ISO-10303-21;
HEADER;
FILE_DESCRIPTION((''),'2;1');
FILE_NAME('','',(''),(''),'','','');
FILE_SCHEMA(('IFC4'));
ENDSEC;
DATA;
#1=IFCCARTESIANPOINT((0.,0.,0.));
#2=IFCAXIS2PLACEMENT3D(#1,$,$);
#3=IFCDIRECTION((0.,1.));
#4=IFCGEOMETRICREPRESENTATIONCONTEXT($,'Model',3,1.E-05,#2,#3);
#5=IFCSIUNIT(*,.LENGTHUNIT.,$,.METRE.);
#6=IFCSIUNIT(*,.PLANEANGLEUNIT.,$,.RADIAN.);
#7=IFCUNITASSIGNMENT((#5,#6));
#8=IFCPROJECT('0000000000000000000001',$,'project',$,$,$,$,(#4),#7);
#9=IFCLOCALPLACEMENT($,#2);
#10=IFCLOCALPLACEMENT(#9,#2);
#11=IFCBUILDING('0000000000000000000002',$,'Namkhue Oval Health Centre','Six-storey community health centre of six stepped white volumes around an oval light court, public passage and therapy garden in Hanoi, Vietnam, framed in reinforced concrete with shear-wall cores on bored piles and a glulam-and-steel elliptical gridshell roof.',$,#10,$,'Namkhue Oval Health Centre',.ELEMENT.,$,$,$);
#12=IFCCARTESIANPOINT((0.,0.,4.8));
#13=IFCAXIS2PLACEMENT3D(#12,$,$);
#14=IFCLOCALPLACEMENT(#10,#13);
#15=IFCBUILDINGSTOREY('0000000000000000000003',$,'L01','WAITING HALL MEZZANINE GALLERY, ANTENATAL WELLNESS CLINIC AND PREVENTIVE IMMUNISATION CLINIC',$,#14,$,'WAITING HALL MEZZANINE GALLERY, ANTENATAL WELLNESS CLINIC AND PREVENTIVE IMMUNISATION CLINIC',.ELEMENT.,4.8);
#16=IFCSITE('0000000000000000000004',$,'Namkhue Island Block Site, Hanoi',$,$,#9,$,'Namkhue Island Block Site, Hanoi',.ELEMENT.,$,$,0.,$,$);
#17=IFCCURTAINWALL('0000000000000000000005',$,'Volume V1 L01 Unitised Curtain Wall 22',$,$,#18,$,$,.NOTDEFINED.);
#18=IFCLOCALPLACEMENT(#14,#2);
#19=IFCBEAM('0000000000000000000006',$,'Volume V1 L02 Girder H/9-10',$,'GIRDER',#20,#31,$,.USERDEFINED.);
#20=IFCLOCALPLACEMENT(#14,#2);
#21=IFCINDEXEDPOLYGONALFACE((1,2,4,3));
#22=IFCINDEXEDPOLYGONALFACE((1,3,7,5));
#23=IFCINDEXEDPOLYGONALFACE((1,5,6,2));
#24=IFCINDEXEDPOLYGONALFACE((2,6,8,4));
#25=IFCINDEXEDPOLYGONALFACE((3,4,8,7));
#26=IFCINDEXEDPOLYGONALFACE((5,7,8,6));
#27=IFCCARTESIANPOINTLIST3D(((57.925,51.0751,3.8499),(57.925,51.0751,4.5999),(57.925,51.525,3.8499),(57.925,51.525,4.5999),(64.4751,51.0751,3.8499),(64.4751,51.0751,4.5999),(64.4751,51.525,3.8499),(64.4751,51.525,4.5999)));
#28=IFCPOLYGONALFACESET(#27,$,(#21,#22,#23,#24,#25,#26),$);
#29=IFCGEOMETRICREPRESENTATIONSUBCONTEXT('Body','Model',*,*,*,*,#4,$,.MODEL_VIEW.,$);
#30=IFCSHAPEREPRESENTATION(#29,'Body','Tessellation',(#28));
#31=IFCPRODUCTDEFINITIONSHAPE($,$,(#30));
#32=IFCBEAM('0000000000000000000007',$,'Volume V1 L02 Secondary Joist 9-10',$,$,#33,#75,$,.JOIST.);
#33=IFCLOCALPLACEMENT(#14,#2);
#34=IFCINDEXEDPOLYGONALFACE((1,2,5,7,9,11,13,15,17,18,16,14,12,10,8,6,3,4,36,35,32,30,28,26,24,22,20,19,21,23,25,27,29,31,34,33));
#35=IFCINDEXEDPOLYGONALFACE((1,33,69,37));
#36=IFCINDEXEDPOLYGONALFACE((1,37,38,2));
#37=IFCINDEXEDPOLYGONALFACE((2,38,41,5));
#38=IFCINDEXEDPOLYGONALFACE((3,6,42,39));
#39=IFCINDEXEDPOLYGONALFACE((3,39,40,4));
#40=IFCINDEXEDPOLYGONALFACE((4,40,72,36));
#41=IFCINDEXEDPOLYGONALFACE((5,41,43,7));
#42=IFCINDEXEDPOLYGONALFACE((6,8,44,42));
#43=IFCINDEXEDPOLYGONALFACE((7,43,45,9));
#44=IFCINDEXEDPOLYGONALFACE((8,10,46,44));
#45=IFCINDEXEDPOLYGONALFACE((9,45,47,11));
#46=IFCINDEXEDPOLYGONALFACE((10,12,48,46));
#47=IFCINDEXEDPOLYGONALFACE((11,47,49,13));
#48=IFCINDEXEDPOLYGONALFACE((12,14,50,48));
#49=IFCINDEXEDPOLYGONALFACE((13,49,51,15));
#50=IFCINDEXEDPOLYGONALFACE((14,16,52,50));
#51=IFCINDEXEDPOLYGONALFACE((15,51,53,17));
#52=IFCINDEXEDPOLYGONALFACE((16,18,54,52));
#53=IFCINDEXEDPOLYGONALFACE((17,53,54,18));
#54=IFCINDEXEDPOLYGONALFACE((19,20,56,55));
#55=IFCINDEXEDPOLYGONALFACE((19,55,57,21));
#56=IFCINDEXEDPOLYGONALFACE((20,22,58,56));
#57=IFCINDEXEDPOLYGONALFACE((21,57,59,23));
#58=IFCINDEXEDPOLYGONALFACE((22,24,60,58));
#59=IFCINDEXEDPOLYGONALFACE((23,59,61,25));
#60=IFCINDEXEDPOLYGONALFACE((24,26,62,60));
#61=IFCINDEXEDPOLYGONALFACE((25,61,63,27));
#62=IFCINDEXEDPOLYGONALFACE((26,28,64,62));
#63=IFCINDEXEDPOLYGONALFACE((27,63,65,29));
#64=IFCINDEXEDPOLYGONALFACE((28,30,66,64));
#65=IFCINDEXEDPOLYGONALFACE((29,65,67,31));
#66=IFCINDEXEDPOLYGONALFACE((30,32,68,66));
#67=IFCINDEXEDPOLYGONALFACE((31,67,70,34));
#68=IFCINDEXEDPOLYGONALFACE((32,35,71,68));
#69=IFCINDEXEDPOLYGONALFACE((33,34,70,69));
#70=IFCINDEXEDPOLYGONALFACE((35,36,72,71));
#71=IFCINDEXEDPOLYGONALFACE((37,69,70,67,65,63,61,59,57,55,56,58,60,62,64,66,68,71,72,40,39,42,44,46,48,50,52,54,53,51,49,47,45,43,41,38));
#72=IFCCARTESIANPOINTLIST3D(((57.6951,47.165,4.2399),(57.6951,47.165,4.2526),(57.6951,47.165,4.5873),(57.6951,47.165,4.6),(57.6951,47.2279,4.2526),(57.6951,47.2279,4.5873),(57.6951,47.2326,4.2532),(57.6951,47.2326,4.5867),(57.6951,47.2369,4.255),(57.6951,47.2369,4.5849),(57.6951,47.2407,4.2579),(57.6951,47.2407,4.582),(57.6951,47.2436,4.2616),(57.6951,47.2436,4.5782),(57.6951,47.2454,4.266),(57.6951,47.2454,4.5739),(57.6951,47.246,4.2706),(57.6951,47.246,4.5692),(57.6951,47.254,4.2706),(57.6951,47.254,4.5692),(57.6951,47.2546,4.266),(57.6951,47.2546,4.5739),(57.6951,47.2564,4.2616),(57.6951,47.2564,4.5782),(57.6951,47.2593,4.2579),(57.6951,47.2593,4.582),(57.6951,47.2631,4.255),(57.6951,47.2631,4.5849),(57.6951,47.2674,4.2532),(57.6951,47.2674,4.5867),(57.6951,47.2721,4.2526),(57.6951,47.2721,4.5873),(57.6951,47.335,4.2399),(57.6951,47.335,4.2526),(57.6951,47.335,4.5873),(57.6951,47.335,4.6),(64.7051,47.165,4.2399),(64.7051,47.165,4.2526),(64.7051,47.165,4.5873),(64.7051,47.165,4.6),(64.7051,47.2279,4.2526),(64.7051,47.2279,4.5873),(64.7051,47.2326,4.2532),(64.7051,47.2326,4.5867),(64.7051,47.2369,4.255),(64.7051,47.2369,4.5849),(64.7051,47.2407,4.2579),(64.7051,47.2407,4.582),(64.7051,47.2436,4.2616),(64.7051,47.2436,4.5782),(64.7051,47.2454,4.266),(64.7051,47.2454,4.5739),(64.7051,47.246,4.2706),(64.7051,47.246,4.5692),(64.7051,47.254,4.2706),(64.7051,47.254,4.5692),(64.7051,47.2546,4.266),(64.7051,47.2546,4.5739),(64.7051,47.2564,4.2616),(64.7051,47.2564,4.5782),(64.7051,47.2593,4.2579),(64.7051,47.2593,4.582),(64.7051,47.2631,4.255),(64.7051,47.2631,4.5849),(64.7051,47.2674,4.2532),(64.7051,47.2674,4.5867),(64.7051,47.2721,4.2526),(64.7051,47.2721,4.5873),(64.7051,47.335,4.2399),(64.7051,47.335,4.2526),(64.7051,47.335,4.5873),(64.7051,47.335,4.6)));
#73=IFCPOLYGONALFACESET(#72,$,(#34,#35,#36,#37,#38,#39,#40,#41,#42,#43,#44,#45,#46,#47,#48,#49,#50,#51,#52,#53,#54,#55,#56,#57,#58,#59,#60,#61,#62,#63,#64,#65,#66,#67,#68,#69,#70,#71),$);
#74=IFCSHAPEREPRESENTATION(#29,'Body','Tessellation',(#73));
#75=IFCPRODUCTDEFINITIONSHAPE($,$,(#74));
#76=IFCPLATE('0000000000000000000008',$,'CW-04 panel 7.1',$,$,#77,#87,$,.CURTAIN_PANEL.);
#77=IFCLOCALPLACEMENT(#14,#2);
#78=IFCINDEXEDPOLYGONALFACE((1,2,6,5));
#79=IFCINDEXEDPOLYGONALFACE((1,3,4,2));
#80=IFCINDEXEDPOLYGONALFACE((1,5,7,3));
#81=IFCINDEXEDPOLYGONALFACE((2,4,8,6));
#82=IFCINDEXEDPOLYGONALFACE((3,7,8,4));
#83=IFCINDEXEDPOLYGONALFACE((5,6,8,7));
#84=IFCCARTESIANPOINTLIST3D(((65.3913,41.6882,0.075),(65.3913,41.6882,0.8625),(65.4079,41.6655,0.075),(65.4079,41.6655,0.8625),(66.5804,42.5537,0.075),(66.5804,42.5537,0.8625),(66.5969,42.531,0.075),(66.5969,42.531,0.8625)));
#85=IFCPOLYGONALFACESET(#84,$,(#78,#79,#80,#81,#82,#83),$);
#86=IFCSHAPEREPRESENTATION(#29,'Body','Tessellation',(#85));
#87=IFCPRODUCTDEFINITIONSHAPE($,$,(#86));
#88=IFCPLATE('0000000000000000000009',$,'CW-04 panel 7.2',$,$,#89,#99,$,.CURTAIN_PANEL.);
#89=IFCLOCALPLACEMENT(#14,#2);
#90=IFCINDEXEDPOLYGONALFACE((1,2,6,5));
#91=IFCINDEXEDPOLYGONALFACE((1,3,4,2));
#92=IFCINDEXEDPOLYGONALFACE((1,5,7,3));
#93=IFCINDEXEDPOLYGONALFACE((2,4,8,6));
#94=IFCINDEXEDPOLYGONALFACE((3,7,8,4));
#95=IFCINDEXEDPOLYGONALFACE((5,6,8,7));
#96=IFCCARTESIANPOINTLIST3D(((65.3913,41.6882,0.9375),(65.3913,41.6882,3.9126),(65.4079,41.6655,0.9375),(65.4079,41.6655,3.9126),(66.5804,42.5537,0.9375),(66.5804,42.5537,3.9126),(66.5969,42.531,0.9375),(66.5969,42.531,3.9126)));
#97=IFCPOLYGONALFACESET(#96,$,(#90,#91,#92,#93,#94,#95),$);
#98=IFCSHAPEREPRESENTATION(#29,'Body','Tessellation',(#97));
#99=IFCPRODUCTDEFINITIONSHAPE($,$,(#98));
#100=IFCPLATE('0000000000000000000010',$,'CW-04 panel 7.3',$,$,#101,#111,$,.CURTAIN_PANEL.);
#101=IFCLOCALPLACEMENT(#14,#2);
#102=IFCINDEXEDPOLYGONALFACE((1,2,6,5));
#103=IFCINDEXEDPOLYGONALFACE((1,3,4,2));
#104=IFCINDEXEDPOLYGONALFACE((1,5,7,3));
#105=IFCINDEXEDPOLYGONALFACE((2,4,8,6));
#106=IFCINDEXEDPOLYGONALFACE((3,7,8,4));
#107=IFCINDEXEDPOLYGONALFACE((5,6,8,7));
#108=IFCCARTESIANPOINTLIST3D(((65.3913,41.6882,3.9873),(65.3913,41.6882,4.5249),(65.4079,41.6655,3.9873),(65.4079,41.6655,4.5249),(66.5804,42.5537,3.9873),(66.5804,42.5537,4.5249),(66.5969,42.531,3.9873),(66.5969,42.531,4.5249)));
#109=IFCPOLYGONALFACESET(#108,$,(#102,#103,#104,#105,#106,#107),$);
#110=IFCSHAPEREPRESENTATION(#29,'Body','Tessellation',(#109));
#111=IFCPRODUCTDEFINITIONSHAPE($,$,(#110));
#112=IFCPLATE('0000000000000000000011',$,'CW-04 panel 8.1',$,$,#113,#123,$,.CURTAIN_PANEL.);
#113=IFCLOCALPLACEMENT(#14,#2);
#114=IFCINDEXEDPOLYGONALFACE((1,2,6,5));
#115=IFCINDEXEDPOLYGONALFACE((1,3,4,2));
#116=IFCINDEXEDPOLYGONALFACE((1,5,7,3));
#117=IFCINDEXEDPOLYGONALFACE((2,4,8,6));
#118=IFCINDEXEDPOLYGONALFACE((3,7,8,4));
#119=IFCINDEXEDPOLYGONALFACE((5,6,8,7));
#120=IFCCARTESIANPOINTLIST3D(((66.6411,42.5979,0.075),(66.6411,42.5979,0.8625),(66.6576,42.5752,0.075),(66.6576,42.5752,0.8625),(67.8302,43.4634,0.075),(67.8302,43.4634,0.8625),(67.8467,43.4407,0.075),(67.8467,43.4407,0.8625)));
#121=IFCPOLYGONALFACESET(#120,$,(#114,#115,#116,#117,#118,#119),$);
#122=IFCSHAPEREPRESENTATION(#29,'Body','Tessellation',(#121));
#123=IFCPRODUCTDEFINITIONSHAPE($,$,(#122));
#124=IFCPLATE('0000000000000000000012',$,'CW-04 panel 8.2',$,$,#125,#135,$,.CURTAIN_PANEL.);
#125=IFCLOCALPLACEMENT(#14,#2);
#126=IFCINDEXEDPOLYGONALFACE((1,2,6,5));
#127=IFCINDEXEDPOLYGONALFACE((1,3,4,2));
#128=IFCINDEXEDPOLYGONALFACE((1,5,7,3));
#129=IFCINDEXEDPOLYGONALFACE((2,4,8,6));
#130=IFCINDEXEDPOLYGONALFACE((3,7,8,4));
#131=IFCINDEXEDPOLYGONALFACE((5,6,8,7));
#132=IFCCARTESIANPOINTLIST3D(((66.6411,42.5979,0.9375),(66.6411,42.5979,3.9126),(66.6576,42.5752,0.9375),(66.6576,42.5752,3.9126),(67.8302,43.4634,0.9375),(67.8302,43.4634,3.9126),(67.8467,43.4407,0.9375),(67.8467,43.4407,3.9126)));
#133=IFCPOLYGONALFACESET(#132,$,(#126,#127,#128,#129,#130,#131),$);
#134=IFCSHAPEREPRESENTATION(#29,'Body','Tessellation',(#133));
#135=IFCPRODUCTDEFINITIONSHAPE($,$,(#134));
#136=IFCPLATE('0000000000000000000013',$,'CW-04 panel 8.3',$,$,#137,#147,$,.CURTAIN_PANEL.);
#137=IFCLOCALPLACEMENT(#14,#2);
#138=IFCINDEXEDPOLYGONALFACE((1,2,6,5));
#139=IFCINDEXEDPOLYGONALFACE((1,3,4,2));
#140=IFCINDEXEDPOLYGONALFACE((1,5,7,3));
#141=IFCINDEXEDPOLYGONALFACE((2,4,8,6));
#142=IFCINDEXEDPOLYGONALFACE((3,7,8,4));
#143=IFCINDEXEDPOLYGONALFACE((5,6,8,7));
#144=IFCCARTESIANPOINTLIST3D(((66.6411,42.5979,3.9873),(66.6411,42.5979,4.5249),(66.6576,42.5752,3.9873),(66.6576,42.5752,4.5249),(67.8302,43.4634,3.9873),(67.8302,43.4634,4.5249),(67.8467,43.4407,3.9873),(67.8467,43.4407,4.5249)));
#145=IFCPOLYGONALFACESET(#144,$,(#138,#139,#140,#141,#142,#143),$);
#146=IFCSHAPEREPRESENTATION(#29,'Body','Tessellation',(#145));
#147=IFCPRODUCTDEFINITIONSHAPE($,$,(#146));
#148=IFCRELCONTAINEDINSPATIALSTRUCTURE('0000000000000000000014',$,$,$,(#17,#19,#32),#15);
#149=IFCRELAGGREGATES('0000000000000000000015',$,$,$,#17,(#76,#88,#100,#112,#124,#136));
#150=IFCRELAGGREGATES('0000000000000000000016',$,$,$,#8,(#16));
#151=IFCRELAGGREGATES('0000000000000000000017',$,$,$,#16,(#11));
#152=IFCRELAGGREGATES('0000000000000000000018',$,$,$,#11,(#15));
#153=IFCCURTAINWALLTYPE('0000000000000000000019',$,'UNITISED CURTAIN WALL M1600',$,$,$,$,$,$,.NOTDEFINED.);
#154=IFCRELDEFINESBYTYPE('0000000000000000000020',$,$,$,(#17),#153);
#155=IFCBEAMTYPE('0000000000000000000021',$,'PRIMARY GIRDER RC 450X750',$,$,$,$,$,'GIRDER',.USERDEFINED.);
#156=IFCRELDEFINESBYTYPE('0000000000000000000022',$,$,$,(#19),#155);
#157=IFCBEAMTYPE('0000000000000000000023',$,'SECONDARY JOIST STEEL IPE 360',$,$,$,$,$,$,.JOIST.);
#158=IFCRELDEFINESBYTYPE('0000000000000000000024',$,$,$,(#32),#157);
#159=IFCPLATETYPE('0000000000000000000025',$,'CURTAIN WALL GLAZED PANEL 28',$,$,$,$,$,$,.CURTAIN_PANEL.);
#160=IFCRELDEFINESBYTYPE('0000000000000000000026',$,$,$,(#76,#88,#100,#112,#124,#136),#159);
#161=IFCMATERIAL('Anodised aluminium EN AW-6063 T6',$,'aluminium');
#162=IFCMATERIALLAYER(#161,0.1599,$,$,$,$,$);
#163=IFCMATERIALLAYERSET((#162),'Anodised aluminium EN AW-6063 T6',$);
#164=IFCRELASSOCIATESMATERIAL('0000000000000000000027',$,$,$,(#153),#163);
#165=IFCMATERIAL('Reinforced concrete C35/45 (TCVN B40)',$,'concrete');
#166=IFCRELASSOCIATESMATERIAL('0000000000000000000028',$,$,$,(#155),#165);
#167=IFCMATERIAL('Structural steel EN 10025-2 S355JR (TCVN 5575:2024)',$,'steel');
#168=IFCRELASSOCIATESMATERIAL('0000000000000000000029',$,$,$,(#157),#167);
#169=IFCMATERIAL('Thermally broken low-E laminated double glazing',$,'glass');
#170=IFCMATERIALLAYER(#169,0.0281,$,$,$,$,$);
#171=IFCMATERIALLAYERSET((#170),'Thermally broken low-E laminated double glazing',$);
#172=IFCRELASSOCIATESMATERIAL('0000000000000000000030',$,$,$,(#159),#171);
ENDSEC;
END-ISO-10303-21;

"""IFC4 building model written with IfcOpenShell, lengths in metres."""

from ifc_helpers import new_model, si_unit, direction, frame, origin, origin_2d, place, context, subcontext, project, spatial, rectangle, i_section, extrude, material, layer, layer_set, material_profile, profile_set, type_object, element, aggregate, save


model = new_model("IFC4")

# Units and contexts
model_context = context("Model", 3, precision=1e-05, world=origin(), true_north=direction((0.0, 1.0)))
body_context = subcontext(model_context, "Body", "Model", "MODEL_VIEW")
ifc_project = project(units=[si_unit("LENGTHUNIT", "METRE"), si_unit("PLANEANGLEUNIT", "RADIAN")], contexts=[model_context])

# Site, building, storey
site_placement = place(None, origin())
site = spatial("IfcSite", under=ifc_project, at=site_placement, Name="Namkhue Island Block Site, Hanoi", LongName="Namkhue Island Block Site, Hanoi", CompositionType="ELEMENT", RefElevation=0.0)
building_placement = place(site_placement, origin())
building = spatial("IfcBuilding", under=site, at=building_placement, Name="Namkhue Oval Health Centre", Description="Six-storey community health centre of six stepped white volumes around an oval light court, public passage and therapy garden in Hanoi, Vietnam, framed in reinforced concrete with shear-wall cores on bored piles and a glulam-and-steel elliptical gridshell roof.", LongName="Namkhue Oval Health Centre", CompositionType="ELEMENT")
storey_placement = place(building_placement, frame((0.0, 0.0, 4.8)))
storey = spatial("IfcBuildingStorey", under=building, at=storey_placement, Name="L01", Description="WAITING HALL MEZZANINE GALLERY, ANTENATAL WELLNESS CLINIC AND PREVENTIVE IMMUNISATION CLINIC", LongName="WAITING HALL MEZZANINE GALLERY, ANTENATAL WELLNESS CLINIC AND PREVENTIVE IMMUNISATION CLINIC", CompositionType="ELEMENT", Elevation=4.8)

# Shared definitions
ifc_material_1 = material(Name="Reinforced concrete C35/45 (TCVN B40)", Category="concrete")

# Curtain wall
ifc_material_2 = material(Name="Anodised aluminium EN AW-6063 T6", Category="aluminium")
ifc_layer_1 = layer(ifc_material_2, 0.1599)
ifc_layer_set_1 = layer_set([ifc_layer_1], Name="Anodised aluminium EN AW-6063 T6")
curtain_wall_type = type_object("IfcCurtainWallType", Name="UNITISED CURTAIN WALL M1600", PredefinedType="NOTDEFINED", material=ifc_layer_set_1)
curtain_wall_placement = place(storey_placement, origin())
curtain_wall = element("IfcCurtainWall", 1, at=curtain_wall_placement, inside=storey, type_object=curtain_wall_type, Name="Volume V1 L01 Unitised Curtain Wall 22", PredefinedType="NOTDEFINED")

# Beams
ifc_material_3 = material(Name="Structural steel EN 10025-2 S355JR (TCVN 5575:2024)", Category="steel")
ifc_material_profile_1 = material_profile(ifc_material_1, rectangle(XDim=0.45, YDim=0.75, at=origin_2d()), Name="RC 450x750")
ifc_profile_set_1 = profile_set([ifc_material_profile_1], Name="Reinforced concrete C35/45 (TCVN B40)")
beam_type_1 = type_object("IfcBeamType", Name="PRIMARY GIRDER RC 450X750", ElementType="GIRDER", PredefinedType="USERDEFINED", material=ifc_profile_set_1)
for number, where, z_axis, x_axis, name in (
    (2, (57.925, 51.3, 4.2249), (1.0, 0.0, 0.0), (0.0, 1.0, 0.0), "Volume V1 L02 Girder H/9-10"),
):
    element("IfcBeam", number, at=place(storey_placement, frame(where, z_axis=z_axis, x_axis=x_axis)), inside=storey, type_object=beam_type_1, Name=name, ObjectType="GIRDER", PredefinedType="USERDEFINED", context=body_context, shape_type="SweptSolid", body=[
        extrude(rectangle(XDim=0.45, YDim=0.75, at=origin_2d()), origin(), (0.0, 0.0, 1.0), 6.55),
    ])
ifc_material_profile_2 = material_profile(ifc_material_3, i_section(OverallWidth=0.1699, OverallDepth=0.3601, WebThickness=0.0081, FlangeThickness=0.0127, FilletRadius=0.0181, at=origin_2d()), Name="IPE 360")
ifc_profile_set_2 = profile_set([ifc_material_profile_2], Name="Structural steel EN 10025-2 S355JR (TCVN 5575:2024)")
beam_type_2 = type_object("IfcBeamType", Name="SECONDARY JOIST STEEL IPE 360", PredefinedType="JOIST", material=ifc_profile_set_2)
beam_placement = place(storey_placement, frame((57.6951, 47.25, 4.4199), z_axis=(1.0, 0.0, 0.0), x_axis=(0.0, 1.0, 0.0)))
element("IfcBeam", 3, at=beam_placement, inside=storey, type_object=beam_type_2, Name="Volume V1 L02 Secondary Joist 9-10", PredefinedType="JOIST", context=body_context, shape_type="SweptSolid", body=[
    extrude(i_section(OverallWidth=0.1699, OverallDepth=0.3601, WebThickness=0.0081, FlangeThickness=0.0127, FilletRadius=0.0181, at=origin_2d()), origin(), (0.0, 0.0, 1.0), 7.01),
])

# Plates
ifc_material_4 = material(Name="Thermally broken low-E laminated double glazing", Category="glass")
ifc_layer_2 = layer(ifc_material_4, 0.0281)
ifc_layer_set_2 = layer_set([ifc_layer_2], Name="Thermally broken low-E laminated double glazing")
plate_type = type_object("IfcPlateType", Name="CURTAIN WALL GLAZED PANEL 28", PredefinedType="CURTAIN_PANEL", material=ifc_layer_set_2)
plate_1_placement = place(storey_placement, frame((65.9941, 42.1096, 0.075), z_axis=(0.0, 0.0, 1.0), x_axis=(0.808514, 0.588477, 0.0)))
plate_1 = element("IfcPlate", 4, at=plate_1_placement, type_object=plate_type, Name="CW-04 panel 7.1", PredefinedType="CURTAIN_PANEL", context=body_context, shape_type="SweptSolid", body=[
    extrude(rectangle(XDim=1.4707, YDim=0.0281, at=origin_2d()), origin(), (0.0, 0.0, 1.0), 0.7876),
])
plate_2_placement = place(storey_placement, frame((65.9941, 42.1096, 0.9375), z_axis=(0.0, 0.0, 1.0), x_axis=(0.808514, 0.588477, 0.0)))
plate_2 = element("IfcPlate", 5, at=plate_2_placement, type_object=plate_type, Name="CW-04 panel 7.2", PredefinedType="CURTAIN_PANEL", context=body_context, shape_type="SweptSolid", body=[
    extrude(rectangle(XDim=1.4707, YDim=0.0281, at=origin_2d()), origin(), (0.0, 0.0, 1.0), 2.9751),
])
plate_3_placement = place(storey_placement, frame((65.9941, 42.1096, 3.9873), z_axis=(0.0, 0.0, 1.0), x_axis=(0.808514, 0.588477, 0.0)))
plate_3 = element("IfcPlate", 6, at=plate_3_placement, type_object=plate_type, Name="CW-04 panel 7.3", PredefinedType="CURTAIN_PANEL", context=body_context, shape_type="SweptSolid", body=[
    extrude(rectangle(XDim=1.4707, YDim=0.0281, at=origin_2d()), origin(), (0.0, 0.0, 1.0), 0.5376),
])
plate_4_placement = place(storey_placement, frame((67.2439, 43.0193, 0.075), z_axis=(0.0, 0.0, 1.0), x_axis=(0.808514, 0.588477, 0.0)))
plate_4 = element("IfcPlate", 7, at=plate_4_placement, type_object=plate_type, Name="CW-04 panel 8.1", PredefinedType="CURTAIN_PANEL", context=body_context, shape_type="SweptSolid", body=[
    extrude(rectangle(XDim=1.4707, YDim=0.0281, at=origin_2d()), origin(), (0.0, 0.0, 1.0), 0.7876),
])
plate_5_placement = place(storey_placement, frame((67.2439, 43.0193, 0.9375), z_axis=(0.0, 0.0, 1.0), x_axis=(0.808514, 0.588477, 0.0)))
plate_5 = element("IfcPlate", 8, at=plate_5_placement, type_object=plate_type, Name="CW-04 panel 8.2", PredefinedType="CURTAIN_PANEL", context=body_context, shape_type="SweptSolid", body=[
    extrude(rectangle(XDim=1.4707, YDim=0.0281, at=origin_2d()), origin(), (0.0, 0.0, 1.0), 2.9751),
])
plate_6_placement = place(storey_placement, frame((67.2439, 43.0193, 3.9873), z_axis=(0.0, 0.0, 1.0), x_axis=(0.808514, 0.588477, 0.0)))
plate_6 = element("IfcPlate", 9, at=plate_6_placement, type_object=plate_type, Name="CW-04 panel 8.3", PredefinedType="CURTAIN_PANEL", context=body_context, shape_type="SweptSolid", body=[
    extrude(rectangle(XDim=1.4707, YDim=0.0281, at=origin_2d()), origin(), (0.0, 0.0, 1.0), 0.5376),
])
aggregate(curtain_wall, [plate_1, plate_2, plate_3, plate_4, plate_5, plate_6])

save(model, "model.ifc")
